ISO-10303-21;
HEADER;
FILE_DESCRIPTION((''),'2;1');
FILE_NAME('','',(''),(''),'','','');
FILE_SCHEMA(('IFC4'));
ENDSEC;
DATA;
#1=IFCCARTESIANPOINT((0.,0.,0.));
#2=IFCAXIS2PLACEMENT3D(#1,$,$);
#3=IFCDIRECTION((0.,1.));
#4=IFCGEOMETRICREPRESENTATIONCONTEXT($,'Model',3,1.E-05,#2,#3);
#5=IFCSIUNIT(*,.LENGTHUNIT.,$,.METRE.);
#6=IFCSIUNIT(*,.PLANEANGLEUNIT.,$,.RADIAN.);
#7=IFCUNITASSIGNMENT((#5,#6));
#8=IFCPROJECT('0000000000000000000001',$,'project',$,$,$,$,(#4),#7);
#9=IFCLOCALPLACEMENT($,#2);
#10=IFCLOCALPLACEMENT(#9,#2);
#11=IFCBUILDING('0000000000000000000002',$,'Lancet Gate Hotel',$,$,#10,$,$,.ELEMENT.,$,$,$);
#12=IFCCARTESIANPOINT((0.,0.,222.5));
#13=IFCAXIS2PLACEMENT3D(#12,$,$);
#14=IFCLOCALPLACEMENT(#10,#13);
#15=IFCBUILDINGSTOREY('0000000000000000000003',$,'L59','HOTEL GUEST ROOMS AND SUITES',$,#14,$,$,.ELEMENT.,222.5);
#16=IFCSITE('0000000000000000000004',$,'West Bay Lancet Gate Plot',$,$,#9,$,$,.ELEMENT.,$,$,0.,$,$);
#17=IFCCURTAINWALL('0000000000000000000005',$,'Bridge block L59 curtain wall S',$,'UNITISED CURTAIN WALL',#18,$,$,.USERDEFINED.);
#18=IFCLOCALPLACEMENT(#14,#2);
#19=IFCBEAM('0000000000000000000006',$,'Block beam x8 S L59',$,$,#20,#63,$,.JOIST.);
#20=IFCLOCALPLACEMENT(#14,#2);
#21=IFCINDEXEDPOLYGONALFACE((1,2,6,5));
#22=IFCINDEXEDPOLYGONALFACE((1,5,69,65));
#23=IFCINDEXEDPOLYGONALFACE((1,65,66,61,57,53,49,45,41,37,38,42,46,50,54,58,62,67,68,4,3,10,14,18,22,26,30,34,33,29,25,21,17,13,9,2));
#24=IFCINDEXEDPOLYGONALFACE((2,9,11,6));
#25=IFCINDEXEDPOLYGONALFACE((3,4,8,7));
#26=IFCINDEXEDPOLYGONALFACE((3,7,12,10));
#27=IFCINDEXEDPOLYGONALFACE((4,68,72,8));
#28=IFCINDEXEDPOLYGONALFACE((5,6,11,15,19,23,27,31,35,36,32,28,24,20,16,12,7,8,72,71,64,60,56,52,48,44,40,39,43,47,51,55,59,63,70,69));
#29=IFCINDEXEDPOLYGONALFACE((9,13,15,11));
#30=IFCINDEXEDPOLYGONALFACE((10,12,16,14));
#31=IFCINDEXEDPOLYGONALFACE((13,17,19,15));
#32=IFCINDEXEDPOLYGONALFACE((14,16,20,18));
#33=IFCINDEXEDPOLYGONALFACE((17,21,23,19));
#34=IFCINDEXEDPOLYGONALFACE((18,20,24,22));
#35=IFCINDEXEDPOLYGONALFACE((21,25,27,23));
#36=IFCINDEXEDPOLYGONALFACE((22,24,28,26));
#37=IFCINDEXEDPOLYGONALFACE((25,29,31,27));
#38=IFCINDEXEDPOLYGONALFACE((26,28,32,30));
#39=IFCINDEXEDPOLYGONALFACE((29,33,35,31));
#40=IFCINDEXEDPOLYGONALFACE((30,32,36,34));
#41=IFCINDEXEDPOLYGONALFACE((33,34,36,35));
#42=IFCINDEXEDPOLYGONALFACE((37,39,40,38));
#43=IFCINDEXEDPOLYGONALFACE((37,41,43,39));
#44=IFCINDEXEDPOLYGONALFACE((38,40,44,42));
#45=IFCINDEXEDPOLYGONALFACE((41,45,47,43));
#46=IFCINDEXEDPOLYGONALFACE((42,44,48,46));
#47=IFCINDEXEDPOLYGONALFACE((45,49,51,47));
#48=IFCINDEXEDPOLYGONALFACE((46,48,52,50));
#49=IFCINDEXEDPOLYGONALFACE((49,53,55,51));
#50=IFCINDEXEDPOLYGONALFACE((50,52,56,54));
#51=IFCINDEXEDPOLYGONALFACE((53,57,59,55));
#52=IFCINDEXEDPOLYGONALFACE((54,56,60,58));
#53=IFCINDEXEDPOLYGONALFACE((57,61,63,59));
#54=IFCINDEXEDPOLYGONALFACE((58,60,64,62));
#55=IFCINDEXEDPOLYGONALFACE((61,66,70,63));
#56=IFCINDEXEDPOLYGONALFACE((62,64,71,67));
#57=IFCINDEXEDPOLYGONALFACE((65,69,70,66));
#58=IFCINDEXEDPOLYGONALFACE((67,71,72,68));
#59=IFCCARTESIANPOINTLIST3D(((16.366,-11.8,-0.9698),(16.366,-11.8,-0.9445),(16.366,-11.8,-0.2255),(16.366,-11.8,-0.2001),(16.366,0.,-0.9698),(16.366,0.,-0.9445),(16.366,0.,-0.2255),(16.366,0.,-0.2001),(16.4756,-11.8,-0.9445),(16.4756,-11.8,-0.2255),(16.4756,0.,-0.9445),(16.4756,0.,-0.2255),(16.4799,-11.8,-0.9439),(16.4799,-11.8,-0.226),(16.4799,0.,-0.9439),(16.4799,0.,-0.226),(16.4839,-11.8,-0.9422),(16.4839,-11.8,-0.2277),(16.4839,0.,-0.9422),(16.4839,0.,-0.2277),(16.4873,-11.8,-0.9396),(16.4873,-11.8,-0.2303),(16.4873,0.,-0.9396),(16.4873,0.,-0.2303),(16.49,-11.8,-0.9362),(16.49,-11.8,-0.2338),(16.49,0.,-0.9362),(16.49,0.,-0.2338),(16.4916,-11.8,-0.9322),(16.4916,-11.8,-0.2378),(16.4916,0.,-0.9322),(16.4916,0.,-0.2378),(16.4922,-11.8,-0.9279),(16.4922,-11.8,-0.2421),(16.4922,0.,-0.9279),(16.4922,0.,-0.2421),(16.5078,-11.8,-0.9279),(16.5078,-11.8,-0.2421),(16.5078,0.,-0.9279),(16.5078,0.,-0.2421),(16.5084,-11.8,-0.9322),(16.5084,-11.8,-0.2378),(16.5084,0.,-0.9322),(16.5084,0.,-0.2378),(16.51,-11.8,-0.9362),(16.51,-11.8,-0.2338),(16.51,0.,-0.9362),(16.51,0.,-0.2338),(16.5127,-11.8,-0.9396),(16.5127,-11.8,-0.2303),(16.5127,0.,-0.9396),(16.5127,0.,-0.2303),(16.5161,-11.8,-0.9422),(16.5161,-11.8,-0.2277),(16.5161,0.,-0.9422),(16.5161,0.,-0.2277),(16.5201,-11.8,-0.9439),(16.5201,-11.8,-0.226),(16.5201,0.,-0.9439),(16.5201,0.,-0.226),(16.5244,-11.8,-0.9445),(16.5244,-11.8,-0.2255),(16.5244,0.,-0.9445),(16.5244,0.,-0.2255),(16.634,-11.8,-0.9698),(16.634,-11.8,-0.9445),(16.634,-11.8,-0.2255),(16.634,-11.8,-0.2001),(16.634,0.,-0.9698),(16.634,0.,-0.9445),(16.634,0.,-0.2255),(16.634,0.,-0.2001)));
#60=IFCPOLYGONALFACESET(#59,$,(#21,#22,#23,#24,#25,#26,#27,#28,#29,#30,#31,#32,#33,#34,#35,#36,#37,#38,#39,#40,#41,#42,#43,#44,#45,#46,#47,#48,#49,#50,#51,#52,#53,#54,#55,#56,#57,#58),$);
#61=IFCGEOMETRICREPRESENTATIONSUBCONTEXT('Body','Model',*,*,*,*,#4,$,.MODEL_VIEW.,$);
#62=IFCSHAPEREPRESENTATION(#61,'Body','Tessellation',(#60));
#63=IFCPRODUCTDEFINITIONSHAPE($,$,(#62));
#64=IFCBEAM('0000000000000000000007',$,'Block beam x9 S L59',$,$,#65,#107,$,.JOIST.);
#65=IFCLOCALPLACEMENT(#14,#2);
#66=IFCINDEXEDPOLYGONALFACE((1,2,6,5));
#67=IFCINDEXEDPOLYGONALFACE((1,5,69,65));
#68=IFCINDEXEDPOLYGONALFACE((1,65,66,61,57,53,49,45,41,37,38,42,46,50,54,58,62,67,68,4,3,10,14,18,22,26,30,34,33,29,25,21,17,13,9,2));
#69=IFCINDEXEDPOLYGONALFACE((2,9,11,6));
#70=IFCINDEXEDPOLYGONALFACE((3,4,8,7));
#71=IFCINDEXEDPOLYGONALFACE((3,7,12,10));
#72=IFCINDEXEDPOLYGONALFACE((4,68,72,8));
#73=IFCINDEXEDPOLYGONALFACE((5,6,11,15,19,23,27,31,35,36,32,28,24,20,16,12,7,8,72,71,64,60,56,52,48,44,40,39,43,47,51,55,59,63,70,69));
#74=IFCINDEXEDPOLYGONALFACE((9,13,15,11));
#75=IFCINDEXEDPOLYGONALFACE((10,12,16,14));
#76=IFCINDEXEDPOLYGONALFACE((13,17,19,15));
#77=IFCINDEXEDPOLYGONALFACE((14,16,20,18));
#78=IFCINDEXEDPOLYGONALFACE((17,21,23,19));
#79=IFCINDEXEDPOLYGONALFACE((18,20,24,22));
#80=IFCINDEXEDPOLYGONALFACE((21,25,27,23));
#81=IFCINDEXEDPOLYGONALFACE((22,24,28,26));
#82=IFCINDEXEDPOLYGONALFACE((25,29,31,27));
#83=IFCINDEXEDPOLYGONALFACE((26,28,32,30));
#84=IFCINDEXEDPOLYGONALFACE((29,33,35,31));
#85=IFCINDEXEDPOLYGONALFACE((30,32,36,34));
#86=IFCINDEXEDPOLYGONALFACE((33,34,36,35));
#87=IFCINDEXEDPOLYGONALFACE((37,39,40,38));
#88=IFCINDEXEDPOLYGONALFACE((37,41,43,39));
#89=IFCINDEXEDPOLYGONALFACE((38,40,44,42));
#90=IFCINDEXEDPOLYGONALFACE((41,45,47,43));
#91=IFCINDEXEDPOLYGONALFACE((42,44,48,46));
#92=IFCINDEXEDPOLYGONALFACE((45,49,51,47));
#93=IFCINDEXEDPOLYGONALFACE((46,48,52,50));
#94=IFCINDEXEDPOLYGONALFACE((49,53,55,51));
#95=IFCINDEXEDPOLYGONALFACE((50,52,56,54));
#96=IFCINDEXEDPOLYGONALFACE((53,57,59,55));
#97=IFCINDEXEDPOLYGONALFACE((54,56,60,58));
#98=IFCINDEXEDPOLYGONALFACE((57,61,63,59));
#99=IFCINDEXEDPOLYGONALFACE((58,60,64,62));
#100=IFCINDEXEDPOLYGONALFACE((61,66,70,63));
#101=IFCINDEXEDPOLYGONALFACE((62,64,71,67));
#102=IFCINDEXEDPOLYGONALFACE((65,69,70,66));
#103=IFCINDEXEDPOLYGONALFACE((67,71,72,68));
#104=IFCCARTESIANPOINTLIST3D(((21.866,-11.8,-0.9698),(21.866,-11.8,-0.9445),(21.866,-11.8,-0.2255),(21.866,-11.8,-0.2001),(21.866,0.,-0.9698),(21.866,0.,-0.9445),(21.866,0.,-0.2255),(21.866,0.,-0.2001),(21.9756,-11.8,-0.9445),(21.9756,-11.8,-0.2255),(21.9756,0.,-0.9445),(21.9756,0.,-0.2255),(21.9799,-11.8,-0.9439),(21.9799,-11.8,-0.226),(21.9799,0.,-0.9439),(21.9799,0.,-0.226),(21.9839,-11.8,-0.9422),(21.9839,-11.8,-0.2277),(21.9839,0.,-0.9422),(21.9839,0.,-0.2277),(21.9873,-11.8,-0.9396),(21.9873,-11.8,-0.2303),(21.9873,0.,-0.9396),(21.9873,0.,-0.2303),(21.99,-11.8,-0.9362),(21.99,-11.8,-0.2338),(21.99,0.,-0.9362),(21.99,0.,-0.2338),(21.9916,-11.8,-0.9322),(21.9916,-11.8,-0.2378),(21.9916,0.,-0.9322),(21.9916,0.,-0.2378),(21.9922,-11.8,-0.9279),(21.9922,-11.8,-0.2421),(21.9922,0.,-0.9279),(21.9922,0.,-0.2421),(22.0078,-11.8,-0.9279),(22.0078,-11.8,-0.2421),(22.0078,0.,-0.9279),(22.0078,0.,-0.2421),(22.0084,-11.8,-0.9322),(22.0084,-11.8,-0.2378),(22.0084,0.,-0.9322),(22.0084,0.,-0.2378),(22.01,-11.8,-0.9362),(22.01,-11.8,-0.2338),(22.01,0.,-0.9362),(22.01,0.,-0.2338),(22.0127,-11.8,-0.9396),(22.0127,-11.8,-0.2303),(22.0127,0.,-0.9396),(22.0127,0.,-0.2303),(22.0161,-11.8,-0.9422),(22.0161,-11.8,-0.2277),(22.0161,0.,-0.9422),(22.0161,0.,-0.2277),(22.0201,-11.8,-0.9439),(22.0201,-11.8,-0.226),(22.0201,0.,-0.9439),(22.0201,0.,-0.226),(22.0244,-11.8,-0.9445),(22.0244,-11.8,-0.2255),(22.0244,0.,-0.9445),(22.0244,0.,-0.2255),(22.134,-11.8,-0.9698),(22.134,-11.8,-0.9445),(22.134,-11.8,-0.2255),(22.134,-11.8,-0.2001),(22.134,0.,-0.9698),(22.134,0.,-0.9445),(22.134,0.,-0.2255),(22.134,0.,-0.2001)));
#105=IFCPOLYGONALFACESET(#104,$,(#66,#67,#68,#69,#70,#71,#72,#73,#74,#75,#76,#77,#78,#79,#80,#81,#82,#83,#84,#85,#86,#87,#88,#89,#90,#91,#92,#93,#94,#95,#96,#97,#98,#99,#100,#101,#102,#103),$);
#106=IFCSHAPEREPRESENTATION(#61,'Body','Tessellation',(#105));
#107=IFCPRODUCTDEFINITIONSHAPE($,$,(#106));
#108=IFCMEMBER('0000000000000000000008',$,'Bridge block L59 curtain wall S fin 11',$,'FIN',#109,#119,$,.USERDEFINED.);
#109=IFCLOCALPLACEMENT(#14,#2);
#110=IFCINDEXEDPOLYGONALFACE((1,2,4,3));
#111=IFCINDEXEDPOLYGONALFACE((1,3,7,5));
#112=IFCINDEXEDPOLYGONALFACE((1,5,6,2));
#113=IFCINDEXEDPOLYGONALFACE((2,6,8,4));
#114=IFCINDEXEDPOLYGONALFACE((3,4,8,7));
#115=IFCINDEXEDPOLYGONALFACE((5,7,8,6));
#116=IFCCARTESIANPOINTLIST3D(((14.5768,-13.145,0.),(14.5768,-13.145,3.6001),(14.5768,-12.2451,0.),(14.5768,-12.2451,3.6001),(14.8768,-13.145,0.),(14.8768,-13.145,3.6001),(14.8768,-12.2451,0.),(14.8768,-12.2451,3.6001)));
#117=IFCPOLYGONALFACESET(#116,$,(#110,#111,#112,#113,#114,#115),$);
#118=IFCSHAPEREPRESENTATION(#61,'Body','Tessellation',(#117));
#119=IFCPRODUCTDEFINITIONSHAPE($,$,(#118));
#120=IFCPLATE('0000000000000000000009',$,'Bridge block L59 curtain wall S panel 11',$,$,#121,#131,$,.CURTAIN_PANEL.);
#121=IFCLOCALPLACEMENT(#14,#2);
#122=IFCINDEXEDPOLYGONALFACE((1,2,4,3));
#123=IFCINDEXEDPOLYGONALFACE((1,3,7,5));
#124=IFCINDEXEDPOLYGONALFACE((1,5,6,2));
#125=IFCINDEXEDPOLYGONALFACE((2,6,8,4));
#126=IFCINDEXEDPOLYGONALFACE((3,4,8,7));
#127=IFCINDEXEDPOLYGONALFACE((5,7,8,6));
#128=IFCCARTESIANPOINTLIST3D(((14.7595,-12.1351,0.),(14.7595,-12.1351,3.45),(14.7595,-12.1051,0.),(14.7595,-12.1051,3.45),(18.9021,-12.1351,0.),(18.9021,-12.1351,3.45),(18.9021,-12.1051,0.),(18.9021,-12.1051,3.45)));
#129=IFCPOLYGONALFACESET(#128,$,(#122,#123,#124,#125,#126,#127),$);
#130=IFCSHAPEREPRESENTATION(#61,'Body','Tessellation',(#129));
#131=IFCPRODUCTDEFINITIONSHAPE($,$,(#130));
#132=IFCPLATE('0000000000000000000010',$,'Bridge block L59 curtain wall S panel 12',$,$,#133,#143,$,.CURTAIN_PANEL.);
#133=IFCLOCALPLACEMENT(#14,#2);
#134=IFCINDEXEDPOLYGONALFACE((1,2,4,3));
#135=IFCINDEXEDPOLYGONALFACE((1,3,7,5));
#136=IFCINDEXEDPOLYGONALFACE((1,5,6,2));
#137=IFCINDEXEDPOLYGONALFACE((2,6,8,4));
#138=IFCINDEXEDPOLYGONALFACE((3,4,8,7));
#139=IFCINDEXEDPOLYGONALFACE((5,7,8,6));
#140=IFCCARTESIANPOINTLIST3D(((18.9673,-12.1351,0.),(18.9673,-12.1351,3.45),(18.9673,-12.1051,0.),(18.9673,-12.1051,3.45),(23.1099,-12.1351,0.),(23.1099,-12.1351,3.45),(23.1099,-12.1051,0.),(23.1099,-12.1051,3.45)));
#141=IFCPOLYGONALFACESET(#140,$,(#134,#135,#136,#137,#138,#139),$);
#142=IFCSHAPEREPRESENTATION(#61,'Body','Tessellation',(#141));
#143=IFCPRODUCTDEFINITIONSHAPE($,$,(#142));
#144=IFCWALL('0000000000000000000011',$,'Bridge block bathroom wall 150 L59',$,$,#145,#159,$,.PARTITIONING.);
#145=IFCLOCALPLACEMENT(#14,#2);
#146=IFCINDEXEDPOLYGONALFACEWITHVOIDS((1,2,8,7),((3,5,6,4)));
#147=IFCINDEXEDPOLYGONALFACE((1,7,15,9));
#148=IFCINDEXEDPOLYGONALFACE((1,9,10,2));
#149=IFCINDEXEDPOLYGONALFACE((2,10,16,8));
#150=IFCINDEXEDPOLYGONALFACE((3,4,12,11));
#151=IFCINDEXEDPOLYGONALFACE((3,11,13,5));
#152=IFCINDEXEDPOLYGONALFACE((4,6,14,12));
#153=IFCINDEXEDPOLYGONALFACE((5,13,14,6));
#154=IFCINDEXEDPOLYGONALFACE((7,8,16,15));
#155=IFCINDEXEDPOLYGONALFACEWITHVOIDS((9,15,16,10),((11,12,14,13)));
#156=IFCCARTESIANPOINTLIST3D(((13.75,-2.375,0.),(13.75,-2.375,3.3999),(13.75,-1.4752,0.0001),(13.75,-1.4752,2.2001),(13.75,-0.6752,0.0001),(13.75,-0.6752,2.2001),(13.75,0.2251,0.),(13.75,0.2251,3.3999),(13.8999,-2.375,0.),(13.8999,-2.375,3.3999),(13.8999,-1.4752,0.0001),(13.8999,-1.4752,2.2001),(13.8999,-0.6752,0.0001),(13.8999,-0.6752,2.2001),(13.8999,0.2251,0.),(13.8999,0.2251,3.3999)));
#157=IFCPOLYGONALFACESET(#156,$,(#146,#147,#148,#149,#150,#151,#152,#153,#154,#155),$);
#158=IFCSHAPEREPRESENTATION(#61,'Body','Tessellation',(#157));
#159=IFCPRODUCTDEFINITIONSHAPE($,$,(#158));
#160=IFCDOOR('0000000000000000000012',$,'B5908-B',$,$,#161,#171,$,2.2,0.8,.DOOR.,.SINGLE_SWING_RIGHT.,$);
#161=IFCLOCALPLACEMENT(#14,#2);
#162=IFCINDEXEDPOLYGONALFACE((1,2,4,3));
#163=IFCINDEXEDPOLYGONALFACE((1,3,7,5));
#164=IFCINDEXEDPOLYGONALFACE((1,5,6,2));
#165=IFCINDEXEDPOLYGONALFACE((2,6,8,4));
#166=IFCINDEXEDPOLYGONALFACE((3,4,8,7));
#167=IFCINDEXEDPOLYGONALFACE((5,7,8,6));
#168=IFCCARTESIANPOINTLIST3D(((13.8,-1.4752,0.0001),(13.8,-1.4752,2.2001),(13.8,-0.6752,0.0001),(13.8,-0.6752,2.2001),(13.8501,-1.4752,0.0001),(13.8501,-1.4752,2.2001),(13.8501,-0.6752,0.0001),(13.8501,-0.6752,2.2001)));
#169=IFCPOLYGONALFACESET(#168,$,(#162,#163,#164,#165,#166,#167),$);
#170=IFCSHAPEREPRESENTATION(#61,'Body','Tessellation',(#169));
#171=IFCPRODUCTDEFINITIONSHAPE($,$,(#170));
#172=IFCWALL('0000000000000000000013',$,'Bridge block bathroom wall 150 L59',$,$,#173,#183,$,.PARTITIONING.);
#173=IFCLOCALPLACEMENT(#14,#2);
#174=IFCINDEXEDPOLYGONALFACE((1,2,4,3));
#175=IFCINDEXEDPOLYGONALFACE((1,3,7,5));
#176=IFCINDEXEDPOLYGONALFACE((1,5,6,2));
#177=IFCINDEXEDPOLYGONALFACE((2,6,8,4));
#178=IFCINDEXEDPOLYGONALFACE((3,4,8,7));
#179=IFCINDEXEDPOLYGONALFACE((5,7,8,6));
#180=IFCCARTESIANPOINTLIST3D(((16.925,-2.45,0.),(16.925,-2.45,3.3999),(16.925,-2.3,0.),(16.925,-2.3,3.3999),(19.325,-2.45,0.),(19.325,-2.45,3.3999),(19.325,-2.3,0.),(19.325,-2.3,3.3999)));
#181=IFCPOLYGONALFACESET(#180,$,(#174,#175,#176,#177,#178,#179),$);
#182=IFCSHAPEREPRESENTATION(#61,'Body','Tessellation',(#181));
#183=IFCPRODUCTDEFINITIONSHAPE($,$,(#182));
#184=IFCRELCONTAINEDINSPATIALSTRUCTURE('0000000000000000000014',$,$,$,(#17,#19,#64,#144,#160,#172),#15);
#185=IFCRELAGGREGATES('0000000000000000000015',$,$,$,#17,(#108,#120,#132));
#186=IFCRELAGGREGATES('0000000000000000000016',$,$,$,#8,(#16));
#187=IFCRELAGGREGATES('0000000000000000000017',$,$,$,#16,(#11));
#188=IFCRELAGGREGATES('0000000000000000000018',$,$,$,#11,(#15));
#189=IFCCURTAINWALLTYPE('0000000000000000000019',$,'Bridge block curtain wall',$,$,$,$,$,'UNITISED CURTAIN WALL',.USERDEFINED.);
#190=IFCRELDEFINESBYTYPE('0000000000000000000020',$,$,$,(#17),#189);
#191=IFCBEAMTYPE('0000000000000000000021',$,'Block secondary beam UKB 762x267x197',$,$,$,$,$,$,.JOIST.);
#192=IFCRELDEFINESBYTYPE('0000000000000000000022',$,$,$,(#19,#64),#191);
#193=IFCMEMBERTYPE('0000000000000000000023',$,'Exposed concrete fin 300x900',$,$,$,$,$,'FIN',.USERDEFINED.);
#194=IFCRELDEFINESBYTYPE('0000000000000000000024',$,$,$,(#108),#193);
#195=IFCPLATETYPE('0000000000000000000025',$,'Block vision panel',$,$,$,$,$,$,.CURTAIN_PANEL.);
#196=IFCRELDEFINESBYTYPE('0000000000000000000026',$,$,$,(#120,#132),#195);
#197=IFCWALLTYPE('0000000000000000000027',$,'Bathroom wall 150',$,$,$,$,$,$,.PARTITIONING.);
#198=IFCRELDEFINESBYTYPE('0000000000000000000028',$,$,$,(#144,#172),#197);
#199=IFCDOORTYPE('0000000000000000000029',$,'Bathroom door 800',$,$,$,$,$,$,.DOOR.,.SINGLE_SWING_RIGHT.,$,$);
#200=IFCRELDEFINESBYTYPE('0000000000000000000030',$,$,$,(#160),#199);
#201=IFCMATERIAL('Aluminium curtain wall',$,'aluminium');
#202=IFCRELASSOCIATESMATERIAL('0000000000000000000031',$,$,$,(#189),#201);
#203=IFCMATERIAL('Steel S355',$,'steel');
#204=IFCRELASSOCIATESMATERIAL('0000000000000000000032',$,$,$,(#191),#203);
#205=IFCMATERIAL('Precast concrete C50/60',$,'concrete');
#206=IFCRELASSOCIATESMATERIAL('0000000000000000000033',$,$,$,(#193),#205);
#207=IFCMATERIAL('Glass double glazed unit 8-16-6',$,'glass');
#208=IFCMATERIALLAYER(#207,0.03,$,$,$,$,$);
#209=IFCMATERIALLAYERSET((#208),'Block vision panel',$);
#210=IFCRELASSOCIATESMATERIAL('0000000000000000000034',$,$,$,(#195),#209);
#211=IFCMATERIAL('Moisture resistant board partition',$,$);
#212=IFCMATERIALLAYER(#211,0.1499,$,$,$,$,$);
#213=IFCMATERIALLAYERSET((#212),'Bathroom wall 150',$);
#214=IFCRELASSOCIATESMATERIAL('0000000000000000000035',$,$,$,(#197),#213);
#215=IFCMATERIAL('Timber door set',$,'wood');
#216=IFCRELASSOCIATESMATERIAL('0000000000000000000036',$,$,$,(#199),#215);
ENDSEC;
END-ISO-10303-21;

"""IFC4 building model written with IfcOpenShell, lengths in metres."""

from ifc_helpers import new_model, si_unit, direction, frame, frame_2d, origin, origin_2d, place, context, subcontext, project, spatial, rectangle, i_section, extrude, material, layer, layer_set, material_profile, profile_set, type_object, element, fill, aggregate, save


model = new_model("IFC4")

# Units and contexts
model_context = context("Model", 3, precision=1e-05, world=origin(), true_north=direction((0.0, 1.0)))
body_context = subcontext(model_context, "Body", "Model", "MODEL_VIEW")
ifc_project = project(units=[si_unit("LENGTHUNIT", "METRE"), si_unit("PLANEANGLEUNIT", "RADIAN")], contexts=[model_context])

# Site, building, storey
site_placement = place(None, origin())
site = spatial("IfcSite", under=ifc_project, at=site_placement, Name="West Bay Lancet Gate Plot", CompositionType="ELEMENT", RefElevation=0.0)
building_placement = place(site_placement, origin())
building = spatial("IfcBuilding", under=site, at=building_placement, Name="Lancet Gate Hotel", CompositionType="ELEMENT")
storey_placement = place(building_placement, frame((0.0, 0.0, 222.5)))
storey = spatial("IfcBuildingStorey", under=building, at=storey_placement, Name="L59", Description="HOTEL GUEST ROOMS AND SUITES", CompositionType="ELEMENT", Elevation=222.5)

# Curtain wall
ifc_material_1 = material(Name="Aluminium curtain wall", Category="aluminium")
curtain_wall_type = type_object("IfcCurtainWallType", Name="Bridge block curtain wall", ElementType="UNITISED CURTAIN WALL", PredefinedType="USERDEFINED", material=ifc_material_1)
curtain_wall_placement = place(storey_placement, origin())
curtain_wall = element("IfcCurtainWall", 1, at=curtain_wall_placement, inside=storey, type_object=curtain_wall_type, Name="Bridge block L59 curtain wall S", ObjectType="UNITISED CURTAIN WALL", PredefinedType="USERDEFINED")

# Beams
ifc_material_2 = material(Name="Steel S355", Category="steel")
ifc_material_profile_1 = material_profile(ifc_material_2, i_section(OverallWidth=0.2681, OverallDepth=0.7698, WebThickness=0.0156, FlangeThickness=0.0254, FilletRadius=0.0166, at=origin_2d()), Name="UKB 762x267x197")
ifc_profile_set_1 = profile_set([ifc_material_profile_1], Name="Steel S355")
beam_type_1 = type_object("IfcBeamType", Name="Block secondary beam UKB 762x267x197", PredefinedType="JOIST", material=ifc_profile_set_1)
for number, where, z_axis, x_axis, name in (
    (2, (16.5, -11.8, -0.585), (0.0, 1.0, 0.0), (-1.0, 0.0, 0.0), "Block beam x8 S L59"),
    (3, (22.0, -11.8, -0.585), (0.0, 1.0, 0.0), (-1.0, 0.0, 0.0), "Block beam x9 S L59"),
):
    element("IfcBeam", number, at=place(storey_placement, frame(where, z_axis=z_axis, x_axis=x_axis)), inside=storey, type_object=beam_type_1, Name=name, PredefinedType="JOIST", context=body_context, shape_type="SweptSolid", body=[
        extrude(i_section(OverallWidth=0.2681, OverallDepth=0.7698, WebThickness=0.0156, FlangeThickness=0.0254, FilletRadius=0.0166, at=origin_2d()), origin(), (0.0, 0.0, 1.0), 11.8),
    ])

# Member
ifc_material_3 = material(Name="Precast concrete C50/60", Category="concrete")
ifc_material_profile_2 = material_profile(ifc_material_3, rectangle(XDim=0.3, YDim=0.8999, at=origin_2d()), Name="FIN 300x900")
ifc_profile_set_2 = profile_set([ifc_material_profile_2], Name="Precast concrete C50/60")
member_type_1 = type_object("IfcMemberType", Name="Exposed concrete fin 300x900", ElementType="FIN", PredefinedType="USERDEFINED", material=ifc_profile_set_2)
member_1_placement = place(storey_placement, frame((14.7268, -12.6951, 0.0), z_axis=(0.0, 0.0, 1.0), x_axis=(1.0, 0.0, 0.0)))
member_1 = element("IfcMember", 4, at=member_1_placement, type_object=member_type_1, Name="Bridge block L59 curtain wall S fin 11", ObjectType="FIN", PredefinedType="USERDEFINED", context=body_context, shape_type="SweptSolid", body=[
    extrude(rectangle(XDim=0.3, YDim=0.8999, at=origin_2d()), origin(), (0.0, 0.0, 1.0), 3.6001),
])

# Plates
ifc_material_4 = material(Name="Glass double glazed unit 8-16-6", Category="glass")
ifc_layer_1 = layer(ifc_material_4, 0.03)
ifc_layer_set_1 = layer_set([ifc_layer_1], Name="Block vision panel")
plate_type = type_object("IfcPlateType", Name="Block vision panel", PredefinedType="CURTAIN_PANEL", material=ifc_layer_set_1)
plate_1_placement = place(storey_placement, frame((16.8308, -12.1201, 0.0), z_axis=(0.0, 0.0, 1.0), x_axis=(1.0, 0.0, 0.0)))
plate_1 = element("IfcPlate", 5, at=plate_1_placement, type_object=plate_type, Name="Bridge block L59 curtain wall S panel 11", PredefinedType="CURTAIN_PANEL", context=body_context, shape_type="SweptSolid", body=[
    extrude(rectangle(XDim=4.1426, YDim=0.03, at=origin_2d()), origin(), (0.0, 0.0, 1.0), 3.45),
])
plate_2_placement = place(storey_placement, frame((21.0386, -12.1201, 0.0), z_axis=(0.0, 0.0, 1.0), x_axis=(1.0, 0.0, 0.0)))
plate_2 = element("IfcPlate", 6, at=plate_2_placement, type_object=plate_type, Name="Bridge block L59 curtain wall S panel 12", PredefinedType="CURTAIN_PANEL", context=body_context, shape_type="SweptSolid", body=[
    extrude(rectangle(XDim=4.1426, YDim=0.03, at=origin_2d()), origin(), (0.0, 0.0, 1.0), 3.45),
])
aggregate(curtain_wall, [member_1, plate_1, plate_2])

# Wall, opening, door
ifc_material_5 = material(Name="Moisture resistant board partition")
ifc_layer_2 = layer(ifc_material_5, 0.1499)
ifc_layer_set_2 = layer_set([ifc_layer_2], Name="Bathroom wall 150")
wall_type_1 = type_object("IfcWallType", Name="Bathroom wall 150", PredefinedType="PARTITIONING", material=ifc_layer_set_2)
wall_1_placement = place(storey_placement, frame((13.825, -2.375, 0.0), z_axis=(0.0, 0.0, 1.0), x_axis=(0.0, 1.0, 0.0)))
wall_1 = element("IfcWall", 7, at=wall_1_placement, inside=storey, type_object=wall_type_1, Name="Bridge block bathroom wall 150 L59", PredefinedType="PARTITIONING", context=body_context, shape_type="SweptSolid", body=[
    extrude(rectangle(XDim=2.6001, YDim=0.1499, at=frame_2d((1.3, 0.0))), origin(), (0.0, 0.0, 1.0), 3.3999),
])
opening_1_placement = place(wall_1_placement, frame((0.8999, 0.0, 0.0)))
opening_1 = element("IfcOpeningElement", 8, at=opening_1_placement, cuts=wall_1, PredefinedType="OPENING", context=body_context, shape_type="SweptSolid", body=[
    extrude(rectangle(XDim=0.8, YDim=2.2, at=frame_2d((0.3999, 1.1001))), frame((0.0, 0.085, 0.0), z_axis=(0.0, -1.0, 0.0), x_axis=(1.0, 0.0, 0.0)), (0.0, 0.0, 1.0), 0.1699),
])
ifc_material_6 = material(Name="Timber door set", Category="wood")
door_type = type_object("IfcDoorType", Name="Bathroom door 800", OperationType="SINGLE_SWING_RIGHT", PredefinedType="DOOR", material=ifc_material_6)
door_1_placement = place(opening_1_placement, origin())
door_1 = element("IfcDoor", 9, at=door_1_placement, inside=storey, type_object=door_type, Name="B5908-B", OperationType="SINGLE_SWING_RIGHT", OverallHeight=2.2, OverallWidth=0.8, PredefinedType="DOOR", context=body_context, shape_type="SweptSolid", body=[
    extrude(rectangle(XDim=0.8, YDim=2.2, at=frame_2d((0.3999, 1.1001))), frame((0.0, 0.0249, 0.0), z_axis=(0.0, -1.0, 0.0), x_axis=(1.0, 0.0, 0.0)), (0.0, 0.0, 1.0), 0.05),
])
fill(opening_1, door_1)

# Wall
wall_2_placement = place(storey_placement, frame((16.925, -2.375, 0.0), z_axis=(0.0, 0.0, 1.0), x_axis=(1.0, 0.0, 0.0)))
element("IfcWall", 10, at=wall_2_placement, inside=storey, type_object=wall_type_1, Name="Bridge block bathroom wall 150 L59", PredefinedType="PARTITIONING", context=body_context, shape_type="SweptSolid", body=[
    extrude(rectangle(XDim=2.3999, YDim=0.1499, at=frame_2d((1.2, 0.0))), origin(), (0.0, 0.0, 1.0), 3.3999),
])

save(model, "model.ifc")
